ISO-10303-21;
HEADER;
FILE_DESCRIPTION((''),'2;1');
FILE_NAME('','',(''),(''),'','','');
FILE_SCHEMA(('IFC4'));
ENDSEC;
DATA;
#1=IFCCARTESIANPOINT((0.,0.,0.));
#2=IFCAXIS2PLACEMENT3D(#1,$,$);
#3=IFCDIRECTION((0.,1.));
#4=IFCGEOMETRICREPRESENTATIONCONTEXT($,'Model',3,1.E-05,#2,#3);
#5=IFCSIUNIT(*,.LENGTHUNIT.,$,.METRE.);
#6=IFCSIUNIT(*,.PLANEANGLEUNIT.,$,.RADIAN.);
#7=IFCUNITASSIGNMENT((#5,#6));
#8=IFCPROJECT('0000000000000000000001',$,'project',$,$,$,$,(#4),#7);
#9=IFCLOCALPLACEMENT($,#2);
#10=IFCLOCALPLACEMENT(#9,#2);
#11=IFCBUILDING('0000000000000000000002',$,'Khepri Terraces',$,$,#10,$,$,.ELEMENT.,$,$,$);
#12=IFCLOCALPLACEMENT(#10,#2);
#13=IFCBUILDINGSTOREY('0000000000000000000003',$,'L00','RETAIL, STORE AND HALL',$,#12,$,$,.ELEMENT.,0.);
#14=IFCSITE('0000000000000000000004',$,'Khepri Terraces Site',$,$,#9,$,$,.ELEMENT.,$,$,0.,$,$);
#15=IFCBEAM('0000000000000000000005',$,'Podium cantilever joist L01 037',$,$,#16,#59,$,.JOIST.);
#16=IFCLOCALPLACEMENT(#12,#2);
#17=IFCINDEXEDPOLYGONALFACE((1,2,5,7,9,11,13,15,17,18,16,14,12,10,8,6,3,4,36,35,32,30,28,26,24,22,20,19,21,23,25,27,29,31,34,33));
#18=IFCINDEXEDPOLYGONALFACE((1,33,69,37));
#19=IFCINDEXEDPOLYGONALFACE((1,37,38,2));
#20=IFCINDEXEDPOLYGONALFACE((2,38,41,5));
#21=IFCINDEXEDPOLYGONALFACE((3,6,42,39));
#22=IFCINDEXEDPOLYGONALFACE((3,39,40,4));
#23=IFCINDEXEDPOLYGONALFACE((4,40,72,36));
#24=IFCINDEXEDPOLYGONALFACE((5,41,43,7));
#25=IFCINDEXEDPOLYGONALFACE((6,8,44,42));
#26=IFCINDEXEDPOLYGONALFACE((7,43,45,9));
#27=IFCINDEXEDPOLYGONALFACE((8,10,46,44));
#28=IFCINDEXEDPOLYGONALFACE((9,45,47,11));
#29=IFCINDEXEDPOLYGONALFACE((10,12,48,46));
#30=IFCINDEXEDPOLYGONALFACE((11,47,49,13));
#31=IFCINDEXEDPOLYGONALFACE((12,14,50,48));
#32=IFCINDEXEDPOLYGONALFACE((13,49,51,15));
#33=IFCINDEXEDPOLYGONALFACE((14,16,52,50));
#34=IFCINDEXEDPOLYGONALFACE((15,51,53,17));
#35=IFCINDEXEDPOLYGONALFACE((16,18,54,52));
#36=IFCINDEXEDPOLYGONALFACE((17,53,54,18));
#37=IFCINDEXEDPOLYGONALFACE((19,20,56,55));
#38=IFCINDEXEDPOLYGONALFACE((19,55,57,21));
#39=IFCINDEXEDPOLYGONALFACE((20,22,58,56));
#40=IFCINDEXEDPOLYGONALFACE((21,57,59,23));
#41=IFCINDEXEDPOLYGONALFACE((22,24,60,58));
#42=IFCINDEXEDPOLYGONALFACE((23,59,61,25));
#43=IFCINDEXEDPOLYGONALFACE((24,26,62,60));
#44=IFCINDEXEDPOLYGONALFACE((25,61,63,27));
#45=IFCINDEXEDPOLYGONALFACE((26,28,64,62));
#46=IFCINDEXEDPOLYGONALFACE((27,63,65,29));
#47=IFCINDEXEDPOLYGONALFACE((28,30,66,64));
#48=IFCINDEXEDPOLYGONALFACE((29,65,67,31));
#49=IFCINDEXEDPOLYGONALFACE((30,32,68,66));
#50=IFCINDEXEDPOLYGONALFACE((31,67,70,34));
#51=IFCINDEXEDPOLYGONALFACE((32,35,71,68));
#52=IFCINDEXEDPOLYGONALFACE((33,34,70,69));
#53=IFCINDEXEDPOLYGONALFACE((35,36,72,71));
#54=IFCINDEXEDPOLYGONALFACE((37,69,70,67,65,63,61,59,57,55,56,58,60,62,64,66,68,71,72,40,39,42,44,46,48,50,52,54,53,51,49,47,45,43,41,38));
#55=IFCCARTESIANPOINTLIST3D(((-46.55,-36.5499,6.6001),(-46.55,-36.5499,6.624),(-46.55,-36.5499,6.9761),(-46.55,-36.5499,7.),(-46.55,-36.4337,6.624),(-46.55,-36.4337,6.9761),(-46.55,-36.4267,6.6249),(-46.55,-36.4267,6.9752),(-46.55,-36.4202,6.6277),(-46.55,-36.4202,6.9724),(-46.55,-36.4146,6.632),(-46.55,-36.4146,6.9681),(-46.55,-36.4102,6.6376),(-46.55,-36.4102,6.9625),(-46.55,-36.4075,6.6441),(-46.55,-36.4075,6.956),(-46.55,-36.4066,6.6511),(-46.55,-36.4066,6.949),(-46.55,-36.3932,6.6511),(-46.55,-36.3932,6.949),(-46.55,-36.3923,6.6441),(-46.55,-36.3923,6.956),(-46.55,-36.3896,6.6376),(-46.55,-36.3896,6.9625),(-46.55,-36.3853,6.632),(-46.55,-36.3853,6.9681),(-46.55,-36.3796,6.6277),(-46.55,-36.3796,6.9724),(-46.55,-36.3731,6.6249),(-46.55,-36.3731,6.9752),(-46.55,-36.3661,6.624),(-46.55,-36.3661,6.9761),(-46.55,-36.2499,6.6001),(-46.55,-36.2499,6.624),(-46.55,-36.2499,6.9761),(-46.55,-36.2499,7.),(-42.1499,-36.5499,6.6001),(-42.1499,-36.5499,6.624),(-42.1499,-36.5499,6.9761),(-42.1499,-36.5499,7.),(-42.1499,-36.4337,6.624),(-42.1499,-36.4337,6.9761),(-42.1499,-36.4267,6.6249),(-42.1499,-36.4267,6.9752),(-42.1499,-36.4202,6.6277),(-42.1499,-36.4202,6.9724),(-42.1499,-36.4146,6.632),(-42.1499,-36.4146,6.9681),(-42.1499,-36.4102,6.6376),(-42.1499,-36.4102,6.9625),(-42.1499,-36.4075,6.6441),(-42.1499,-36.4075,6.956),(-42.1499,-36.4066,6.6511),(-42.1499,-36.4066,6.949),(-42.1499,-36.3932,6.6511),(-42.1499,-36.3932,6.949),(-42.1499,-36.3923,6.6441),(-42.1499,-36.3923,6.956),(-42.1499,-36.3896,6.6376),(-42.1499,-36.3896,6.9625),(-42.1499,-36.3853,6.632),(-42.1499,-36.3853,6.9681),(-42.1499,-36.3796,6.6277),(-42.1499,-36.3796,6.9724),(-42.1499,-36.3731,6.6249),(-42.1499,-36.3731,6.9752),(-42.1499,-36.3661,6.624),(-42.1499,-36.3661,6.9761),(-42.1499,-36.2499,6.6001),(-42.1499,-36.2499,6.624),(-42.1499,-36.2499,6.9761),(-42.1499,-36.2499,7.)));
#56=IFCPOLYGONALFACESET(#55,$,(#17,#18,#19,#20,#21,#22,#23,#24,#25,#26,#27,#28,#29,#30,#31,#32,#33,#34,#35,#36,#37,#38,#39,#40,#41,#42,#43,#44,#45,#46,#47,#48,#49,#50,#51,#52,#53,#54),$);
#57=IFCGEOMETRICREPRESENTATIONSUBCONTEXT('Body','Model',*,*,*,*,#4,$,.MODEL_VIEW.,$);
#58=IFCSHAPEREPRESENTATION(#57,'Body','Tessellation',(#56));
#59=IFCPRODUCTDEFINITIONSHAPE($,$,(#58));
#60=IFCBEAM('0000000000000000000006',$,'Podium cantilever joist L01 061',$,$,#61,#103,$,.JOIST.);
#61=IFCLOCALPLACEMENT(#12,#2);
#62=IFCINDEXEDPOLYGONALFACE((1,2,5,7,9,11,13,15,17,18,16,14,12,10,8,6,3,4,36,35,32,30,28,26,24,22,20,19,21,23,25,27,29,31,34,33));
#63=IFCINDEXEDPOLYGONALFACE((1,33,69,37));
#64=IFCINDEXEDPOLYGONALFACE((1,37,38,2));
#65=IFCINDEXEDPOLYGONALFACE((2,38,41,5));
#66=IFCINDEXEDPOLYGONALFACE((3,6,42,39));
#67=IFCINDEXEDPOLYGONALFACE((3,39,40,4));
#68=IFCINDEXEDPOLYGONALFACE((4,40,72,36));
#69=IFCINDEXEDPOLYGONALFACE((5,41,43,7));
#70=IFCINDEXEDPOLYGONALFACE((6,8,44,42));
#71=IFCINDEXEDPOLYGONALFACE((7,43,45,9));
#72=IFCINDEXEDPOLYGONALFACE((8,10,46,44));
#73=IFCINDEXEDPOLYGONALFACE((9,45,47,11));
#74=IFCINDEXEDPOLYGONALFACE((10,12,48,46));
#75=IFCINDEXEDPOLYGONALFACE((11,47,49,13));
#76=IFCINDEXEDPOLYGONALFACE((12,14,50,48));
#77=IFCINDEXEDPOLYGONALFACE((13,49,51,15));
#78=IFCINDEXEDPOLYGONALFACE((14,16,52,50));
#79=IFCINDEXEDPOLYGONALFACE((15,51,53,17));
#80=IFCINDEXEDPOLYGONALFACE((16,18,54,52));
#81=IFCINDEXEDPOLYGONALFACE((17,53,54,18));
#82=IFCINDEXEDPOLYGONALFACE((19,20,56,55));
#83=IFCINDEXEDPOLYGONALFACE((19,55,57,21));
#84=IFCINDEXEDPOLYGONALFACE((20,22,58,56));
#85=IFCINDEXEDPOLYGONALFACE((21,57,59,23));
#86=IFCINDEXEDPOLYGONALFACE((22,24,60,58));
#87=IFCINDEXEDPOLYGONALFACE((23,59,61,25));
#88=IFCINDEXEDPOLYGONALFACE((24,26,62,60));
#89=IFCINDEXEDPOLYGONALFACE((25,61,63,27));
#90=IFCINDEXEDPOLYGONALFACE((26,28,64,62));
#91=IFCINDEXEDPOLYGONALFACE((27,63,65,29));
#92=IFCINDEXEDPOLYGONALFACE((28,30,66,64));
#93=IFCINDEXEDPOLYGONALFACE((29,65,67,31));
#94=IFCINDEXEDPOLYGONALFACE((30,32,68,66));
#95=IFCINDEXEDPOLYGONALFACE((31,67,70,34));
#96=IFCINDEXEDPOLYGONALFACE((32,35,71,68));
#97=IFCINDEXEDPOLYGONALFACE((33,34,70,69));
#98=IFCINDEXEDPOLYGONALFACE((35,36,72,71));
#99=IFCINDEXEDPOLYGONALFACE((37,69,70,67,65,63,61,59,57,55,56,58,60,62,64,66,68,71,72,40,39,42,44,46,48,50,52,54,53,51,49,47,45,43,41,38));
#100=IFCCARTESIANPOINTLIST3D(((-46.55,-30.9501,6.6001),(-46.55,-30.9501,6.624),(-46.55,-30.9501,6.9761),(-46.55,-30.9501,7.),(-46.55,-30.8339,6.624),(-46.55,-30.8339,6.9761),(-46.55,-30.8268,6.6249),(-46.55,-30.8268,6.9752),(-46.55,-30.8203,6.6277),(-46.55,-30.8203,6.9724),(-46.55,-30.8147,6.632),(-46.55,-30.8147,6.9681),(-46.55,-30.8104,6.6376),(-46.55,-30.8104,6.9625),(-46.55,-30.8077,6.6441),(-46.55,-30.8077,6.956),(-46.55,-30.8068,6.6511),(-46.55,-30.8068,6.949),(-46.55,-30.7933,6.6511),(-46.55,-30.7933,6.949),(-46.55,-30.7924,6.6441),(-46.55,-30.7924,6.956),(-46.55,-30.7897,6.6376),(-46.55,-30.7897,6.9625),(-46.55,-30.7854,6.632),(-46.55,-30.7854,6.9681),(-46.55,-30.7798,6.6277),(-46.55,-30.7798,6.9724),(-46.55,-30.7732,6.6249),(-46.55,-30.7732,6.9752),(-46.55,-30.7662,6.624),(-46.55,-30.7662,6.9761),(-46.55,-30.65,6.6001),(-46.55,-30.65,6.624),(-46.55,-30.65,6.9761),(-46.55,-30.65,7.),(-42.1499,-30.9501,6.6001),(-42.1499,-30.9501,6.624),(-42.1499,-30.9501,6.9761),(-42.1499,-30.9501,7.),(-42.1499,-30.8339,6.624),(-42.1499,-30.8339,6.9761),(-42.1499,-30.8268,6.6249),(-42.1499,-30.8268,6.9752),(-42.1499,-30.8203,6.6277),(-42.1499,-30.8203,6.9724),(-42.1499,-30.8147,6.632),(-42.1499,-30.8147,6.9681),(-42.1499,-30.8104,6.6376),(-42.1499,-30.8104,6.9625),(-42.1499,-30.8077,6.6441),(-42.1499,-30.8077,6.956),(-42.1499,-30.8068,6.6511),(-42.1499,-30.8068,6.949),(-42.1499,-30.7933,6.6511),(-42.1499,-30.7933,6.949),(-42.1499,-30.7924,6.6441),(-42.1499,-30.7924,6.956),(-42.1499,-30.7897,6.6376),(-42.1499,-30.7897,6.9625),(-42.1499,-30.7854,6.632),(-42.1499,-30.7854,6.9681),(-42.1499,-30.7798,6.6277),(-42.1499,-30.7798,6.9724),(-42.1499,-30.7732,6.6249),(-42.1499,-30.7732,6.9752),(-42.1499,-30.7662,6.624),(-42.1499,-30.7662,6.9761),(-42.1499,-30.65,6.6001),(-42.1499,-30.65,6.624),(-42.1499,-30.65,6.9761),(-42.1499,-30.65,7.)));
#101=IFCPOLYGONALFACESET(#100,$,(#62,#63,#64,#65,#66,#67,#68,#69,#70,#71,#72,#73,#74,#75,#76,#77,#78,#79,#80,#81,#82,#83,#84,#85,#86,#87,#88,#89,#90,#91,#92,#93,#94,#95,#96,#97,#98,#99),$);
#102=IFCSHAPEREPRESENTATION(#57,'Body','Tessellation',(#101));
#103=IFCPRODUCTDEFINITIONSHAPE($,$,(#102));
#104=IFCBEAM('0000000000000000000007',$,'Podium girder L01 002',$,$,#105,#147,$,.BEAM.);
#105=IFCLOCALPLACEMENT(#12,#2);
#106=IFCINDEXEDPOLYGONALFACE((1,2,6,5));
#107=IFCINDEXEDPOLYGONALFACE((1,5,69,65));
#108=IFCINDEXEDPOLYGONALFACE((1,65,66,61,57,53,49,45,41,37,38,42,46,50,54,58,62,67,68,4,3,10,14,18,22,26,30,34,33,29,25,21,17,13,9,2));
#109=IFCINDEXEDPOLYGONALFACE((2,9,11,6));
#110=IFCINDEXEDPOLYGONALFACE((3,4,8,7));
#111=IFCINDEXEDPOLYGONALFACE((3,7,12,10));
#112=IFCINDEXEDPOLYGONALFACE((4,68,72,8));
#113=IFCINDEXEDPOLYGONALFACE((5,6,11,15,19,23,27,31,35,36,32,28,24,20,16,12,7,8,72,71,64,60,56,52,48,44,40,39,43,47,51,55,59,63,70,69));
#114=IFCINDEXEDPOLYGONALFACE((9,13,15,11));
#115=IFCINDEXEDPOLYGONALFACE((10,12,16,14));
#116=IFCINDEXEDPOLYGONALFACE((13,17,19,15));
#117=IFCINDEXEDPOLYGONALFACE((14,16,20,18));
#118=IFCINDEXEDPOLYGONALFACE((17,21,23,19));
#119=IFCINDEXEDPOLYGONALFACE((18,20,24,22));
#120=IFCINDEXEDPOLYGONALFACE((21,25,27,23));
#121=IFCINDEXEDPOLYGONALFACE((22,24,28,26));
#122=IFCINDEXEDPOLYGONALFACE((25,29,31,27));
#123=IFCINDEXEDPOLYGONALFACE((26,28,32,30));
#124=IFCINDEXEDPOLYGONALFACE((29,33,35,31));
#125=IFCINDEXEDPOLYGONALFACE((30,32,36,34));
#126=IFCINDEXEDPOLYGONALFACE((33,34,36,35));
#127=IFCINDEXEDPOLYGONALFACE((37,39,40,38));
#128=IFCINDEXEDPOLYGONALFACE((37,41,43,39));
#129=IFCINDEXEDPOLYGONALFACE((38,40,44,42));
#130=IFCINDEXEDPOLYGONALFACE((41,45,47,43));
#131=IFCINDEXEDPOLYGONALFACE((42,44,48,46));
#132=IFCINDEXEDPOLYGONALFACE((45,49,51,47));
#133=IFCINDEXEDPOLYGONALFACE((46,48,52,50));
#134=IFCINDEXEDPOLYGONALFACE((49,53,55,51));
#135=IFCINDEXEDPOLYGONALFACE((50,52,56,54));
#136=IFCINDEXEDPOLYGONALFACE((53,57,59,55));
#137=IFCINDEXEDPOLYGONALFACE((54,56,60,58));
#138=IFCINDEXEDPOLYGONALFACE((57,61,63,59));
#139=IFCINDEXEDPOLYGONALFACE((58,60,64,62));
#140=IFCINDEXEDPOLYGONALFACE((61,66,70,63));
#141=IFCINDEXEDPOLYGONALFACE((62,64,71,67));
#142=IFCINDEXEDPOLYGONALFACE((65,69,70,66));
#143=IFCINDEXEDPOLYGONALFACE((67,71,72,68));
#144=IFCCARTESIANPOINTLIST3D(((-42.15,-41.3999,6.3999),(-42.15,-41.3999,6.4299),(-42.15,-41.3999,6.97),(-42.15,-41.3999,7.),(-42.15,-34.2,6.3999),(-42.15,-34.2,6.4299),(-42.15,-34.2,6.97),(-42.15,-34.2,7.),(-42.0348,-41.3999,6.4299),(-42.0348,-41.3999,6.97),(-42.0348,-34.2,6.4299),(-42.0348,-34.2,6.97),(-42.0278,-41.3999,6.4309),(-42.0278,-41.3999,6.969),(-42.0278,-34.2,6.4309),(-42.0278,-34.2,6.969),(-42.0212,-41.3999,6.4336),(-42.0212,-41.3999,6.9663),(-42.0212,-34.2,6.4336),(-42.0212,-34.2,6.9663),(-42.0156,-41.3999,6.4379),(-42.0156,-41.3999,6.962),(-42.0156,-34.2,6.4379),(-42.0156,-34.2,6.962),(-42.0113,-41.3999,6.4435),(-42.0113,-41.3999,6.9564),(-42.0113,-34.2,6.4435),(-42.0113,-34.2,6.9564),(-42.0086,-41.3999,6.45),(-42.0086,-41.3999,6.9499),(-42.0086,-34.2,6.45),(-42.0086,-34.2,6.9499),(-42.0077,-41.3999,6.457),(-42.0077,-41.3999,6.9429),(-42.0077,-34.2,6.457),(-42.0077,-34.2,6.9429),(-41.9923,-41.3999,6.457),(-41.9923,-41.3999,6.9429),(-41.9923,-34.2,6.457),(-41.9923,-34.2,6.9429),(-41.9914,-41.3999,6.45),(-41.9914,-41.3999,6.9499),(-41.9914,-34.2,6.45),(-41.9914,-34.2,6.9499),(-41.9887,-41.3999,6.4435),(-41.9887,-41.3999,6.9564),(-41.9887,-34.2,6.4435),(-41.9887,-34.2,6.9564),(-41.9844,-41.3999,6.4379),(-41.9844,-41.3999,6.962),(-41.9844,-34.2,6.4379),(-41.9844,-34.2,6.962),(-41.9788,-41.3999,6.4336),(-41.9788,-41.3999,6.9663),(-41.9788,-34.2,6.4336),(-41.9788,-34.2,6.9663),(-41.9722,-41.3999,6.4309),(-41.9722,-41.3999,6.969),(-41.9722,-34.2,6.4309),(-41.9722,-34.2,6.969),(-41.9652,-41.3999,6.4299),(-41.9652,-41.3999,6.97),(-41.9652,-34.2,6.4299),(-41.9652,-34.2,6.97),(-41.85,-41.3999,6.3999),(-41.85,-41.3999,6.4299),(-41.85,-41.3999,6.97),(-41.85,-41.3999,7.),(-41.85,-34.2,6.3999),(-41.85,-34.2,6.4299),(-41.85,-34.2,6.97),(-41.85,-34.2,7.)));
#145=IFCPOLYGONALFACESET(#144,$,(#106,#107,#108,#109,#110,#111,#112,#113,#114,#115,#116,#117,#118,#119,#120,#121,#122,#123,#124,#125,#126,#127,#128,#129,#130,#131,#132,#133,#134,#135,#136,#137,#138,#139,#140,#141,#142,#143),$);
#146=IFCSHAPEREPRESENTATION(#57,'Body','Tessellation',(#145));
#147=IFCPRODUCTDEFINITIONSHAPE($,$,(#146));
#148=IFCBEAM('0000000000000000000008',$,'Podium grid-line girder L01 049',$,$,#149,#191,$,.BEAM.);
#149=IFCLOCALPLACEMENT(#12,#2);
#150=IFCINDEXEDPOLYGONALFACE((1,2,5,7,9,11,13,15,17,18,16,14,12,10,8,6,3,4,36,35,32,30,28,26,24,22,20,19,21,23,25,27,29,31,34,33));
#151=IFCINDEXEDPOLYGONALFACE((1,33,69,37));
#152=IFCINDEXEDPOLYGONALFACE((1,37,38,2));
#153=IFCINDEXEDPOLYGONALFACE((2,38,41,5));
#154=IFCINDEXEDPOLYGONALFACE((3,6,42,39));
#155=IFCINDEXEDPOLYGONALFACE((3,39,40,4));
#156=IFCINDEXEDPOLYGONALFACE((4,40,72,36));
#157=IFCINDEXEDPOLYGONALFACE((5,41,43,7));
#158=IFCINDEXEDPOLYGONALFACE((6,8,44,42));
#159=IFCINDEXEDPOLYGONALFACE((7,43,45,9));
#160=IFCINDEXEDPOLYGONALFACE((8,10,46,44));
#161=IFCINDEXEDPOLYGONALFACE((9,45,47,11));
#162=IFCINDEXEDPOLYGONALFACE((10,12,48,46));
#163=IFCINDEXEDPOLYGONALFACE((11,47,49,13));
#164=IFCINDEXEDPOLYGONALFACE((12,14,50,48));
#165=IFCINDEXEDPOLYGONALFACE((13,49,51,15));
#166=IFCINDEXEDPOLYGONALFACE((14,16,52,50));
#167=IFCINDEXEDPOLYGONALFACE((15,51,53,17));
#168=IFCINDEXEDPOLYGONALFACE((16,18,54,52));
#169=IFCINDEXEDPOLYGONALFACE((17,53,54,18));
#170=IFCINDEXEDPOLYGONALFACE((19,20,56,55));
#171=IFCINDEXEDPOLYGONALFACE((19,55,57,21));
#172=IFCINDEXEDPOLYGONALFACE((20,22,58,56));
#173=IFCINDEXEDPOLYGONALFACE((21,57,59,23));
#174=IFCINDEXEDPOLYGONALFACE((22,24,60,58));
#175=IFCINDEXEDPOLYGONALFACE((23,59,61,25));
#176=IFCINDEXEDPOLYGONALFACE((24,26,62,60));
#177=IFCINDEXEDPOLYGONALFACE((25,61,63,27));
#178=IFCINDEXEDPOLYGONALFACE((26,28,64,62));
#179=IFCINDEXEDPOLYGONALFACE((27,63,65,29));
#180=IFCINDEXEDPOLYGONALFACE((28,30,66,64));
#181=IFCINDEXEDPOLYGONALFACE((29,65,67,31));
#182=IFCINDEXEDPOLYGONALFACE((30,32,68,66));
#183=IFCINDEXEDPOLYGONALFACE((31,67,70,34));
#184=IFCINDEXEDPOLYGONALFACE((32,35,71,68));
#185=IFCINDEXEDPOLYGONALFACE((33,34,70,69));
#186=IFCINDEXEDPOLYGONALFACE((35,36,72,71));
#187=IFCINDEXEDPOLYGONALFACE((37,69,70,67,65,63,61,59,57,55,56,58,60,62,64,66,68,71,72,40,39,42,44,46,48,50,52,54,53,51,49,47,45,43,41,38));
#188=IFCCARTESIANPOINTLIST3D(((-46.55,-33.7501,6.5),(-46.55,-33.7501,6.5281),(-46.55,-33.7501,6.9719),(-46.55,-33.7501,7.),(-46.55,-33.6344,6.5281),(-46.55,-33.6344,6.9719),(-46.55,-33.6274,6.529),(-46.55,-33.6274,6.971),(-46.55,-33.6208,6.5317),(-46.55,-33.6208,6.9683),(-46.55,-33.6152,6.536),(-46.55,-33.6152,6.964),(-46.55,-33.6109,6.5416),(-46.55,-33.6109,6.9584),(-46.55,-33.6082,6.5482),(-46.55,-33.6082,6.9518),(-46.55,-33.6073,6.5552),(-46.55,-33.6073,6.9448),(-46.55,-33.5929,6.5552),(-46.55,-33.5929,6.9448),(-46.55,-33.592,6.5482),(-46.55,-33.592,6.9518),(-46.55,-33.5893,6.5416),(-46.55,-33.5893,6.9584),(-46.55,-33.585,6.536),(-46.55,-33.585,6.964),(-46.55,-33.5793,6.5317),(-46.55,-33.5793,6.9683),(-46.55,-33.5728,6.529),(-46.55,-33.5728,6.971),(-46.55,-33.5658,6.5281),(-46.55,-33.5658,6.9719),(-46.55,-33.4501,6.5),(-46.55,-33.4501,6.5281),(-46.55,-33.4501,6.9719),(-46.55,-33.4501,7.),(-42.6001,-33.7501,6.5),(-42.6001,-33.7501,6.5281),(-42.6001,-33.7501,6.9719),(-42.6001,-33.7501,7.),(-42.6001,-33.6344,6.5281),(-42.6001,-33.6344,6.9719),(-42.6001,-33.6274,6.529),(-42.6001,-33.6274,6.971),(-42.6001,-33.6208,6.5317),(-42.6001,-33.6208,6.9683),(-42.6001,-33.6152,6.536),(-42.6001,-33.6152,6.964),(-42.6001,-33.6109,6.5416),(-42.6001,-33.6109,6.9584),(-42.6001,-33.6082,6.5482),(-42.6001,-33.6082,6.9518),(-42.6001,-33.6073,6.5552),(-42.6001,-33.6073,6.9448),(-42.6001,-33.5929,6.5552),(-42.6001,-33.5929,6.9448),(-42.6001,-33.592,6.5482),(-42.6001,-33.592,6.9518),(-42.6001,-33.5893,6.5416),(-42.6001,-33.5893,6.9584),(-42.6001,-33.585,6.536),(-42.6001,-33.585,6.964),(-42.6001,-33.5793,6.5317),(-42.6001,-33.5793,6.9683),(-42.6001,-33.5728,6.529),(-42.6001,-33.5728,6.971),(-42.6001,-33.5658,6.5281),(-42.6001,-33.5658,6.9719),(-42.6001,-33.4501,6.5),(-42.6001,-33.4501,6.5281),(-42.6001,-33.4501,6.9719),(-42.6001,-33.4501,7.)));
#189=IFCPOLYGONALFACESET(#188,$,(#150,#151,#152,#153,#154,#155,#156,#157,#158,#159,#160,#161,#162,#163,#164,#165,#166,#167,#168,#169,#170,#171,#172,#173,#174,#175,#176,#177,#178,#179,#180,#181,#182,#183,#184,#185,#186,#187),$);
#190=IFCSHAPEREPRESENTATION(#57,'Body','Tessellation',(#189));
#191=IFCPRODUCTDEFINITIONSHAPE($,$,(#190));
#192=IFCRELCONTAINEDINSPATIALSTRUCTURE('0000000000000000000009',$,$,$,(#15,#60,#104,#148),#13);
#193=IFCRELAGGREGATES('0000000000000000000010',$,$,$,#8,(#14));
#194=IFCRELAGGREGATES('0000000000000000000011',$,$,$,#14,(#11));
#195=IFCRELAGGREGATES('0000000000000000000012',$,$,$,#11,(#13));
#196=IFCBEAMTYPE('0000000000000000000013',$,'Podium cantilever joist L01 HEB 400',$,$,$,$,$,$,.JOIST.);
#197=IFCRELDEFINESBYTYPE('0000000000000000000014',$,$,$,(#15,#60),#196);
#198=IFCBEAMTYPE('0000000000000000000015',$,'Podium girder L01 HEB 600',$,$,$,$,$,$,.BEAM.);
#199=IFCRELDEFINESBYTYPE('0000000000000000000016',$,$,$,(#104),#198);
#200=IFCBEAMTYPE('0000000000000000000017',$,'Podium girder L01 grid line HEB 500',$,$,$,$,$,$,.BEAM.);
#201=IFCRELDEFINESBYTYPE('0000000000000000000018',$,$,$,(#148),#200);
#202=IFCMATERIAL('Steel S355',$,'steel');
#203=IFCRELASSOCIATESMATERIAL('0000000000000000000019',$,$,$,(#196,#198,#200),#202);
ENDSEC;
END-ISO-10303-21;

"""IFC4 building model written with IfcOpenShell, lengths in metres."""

from ifc_helpers import new_model, si_unit, direction, frame, origin, origin_2d, place, context, subcontext, project, spatial, i_section, extrude, material, material_profile, profile_set, type_object, element, save


model = new_model("IFC4")

# Units and contexts
model_context = context("Model", 3, precision=1e-05, world=origin(), true_north=direction((0.0, 1.0)))
body_context = subcontext(model_context, "Body", "Model", "MODEL_VIEW")
ifc_project = project(units=[si_unit("LENGTHUNIT", "METRE"), si_unit("PLANEANGLEUNIT", "RADIAN")], contexts=[model_context])

# Site, building, storey
site_placement = place(None, origin())
site = spatial("IfcSite", under=ifc_project, at=site_placement, Name="Khepri Terraces Site", CompositionType="ELEMENT", RefElevation=0.0)
building_placement = place(site_placement, origin())
building = spatial("IfcBuilding", under=site, at=building_placement, Name="Khepri Terraces", CompositionType="ELEMENT")
storey_placement = place(building_placement, origin())
storey = spatial("IfcBuildingStorey", under=building, at=storey_placement, Name="L00", Description="RETAIL, STORE AND HALL", CompositionType="ELEMENT", Elevation=0.0)

# Beams
ifc_material_1 = material(Name="Steel S355", Category="steel")
ifc_material_profile_1 = material_profile(ifc_material_1, i_section(OverallWidth=0.3, OverallDepth=0.3999, WebThickness=0.0134, FlangeThickness=0.0239, FilletRadius=0.0271, at=origin_2d()), Name="Steel S355", Category="steel")
ifc_profile_set_1 = profile_set([ifc_material_profile_1], Name="Steel S355")
beam_type_1 = type_object("IfcBeamType", Name="Podium cantilever joist L01 HEB 400", PredefinedType="JOIST", material=ifc_profile_set_1)
for number, where, z_axis, x_axis, name in (
    (1, (-46.55, -36.3999, 6.8), (1.0, 0.0, 0.0), (0.0, 1.0, 0.0), "Podium cantilever joist L01 037"),
    (2, (-46.55, -30.8, 6.8), (1.0, 0.0, 0.0), (0.0, 1.0, 0.0), "Podium cantilever joist L01 061"),
):
    element("IfcBeam", number, at=place(storey_placement, frame(where, z_axis=z_axis, x_axis=x_axis)), inside=storey, type_object=beam_type_1, Name=name, PredefinedType="JOIST", context=body_context, shape_type="SweptSolid", body=[
        extrude(i_section(OverallWidth=0.3, OverallDepth=0.3999, WebThickness=0.0134, FlangeThickness=0.0239, FilletRadius=0.0271, at=origin_2d()), origin(), (0.0, 0.0, 1.0), 4.4001),
    ])
ifc_material_profile_2 = material_profile(ifc_material_1, i_section(OverallWidth=0.3, OverallDepth=0.6001, WebThickness=0.0154, FlangeThickness=0.03, FilletRadius=0.0271, at=origin_2d()), Name="Steel S355", Category="steel")
ifc_profile_set_2 = profile_set([ifc_material_profile_2], Name="Steel S355")
beam_type_2 = type_object("IfcBeamType", Name="Podium girder L01 HEB 600", PredefinedType="BEAM", material=ifc_profile_set_2)
beam_1_placement = place(storey_placement, frame((-42.0, -41.3999, 6.7), z_axis=(0.0, 1.0, 0.0), x_axis=(-1.0, 0.0, 0.0)))
element("IfcBeam", 3, at=beam_1_placement, inside=storey, type_object=beam_type_2, Name="Podium girder L01 002", PredefinedType="BEAM", context=body_context, shape_type="SweptSolid", body=[
    extrude(i_section(OverallWidth=0.3, OverallDepth=0.6001, WebThickness=0.0154, FlangeThickness=0.03, FilletRadius=0.0271, at=origin_2d()), origin(), (0.0, 0.0, 1.0), 7.2),
])
ifc_material_profile_3 = material_profile(ifc_material_1, i_section(OverallWidth=0.3, OverallDepth=0.5, WebThickness=0.0144, FlangeThickness=0.0281, FilletRadius=0.0271, at=origin_2d()), Name="Steel S355", Category="steel")
ifc_profile_set_3 = profile_set([ifc_material_profile_3], Name="Steel S355")
beam_type_3 = type_object("IfcBeamType", Name="Podium girder L01 grid line HEB 500", PredefinedType="BEAM", material=ifc_profile_set_3)
beam_2_placement = place(storey_placement, frame((-46.55, -33.6001, 6.75), z_axis=(1.0, 0.0, 0.0), x_axis=(0.0, 1.0, 0.0)))
element("IfcBeam", 4, at=beam_2_placement, inside=storey, type_object=beam_type_3, Name="Podium grid-line girder L01 049", PredefinedType="BEAM", context=body_context, shape_type="SweptSolid", body=[
    extrude(i_section(OverallWidth=0.3, OverallDepth=0.5, WebThickness=0.0144, FlangeThickness=0.0281, FilletRadius=0.0271, at=origin_2d()), origin(), (0.0, 0.0, 1.0), 3.95),
])

save(model, "model.ifc")
